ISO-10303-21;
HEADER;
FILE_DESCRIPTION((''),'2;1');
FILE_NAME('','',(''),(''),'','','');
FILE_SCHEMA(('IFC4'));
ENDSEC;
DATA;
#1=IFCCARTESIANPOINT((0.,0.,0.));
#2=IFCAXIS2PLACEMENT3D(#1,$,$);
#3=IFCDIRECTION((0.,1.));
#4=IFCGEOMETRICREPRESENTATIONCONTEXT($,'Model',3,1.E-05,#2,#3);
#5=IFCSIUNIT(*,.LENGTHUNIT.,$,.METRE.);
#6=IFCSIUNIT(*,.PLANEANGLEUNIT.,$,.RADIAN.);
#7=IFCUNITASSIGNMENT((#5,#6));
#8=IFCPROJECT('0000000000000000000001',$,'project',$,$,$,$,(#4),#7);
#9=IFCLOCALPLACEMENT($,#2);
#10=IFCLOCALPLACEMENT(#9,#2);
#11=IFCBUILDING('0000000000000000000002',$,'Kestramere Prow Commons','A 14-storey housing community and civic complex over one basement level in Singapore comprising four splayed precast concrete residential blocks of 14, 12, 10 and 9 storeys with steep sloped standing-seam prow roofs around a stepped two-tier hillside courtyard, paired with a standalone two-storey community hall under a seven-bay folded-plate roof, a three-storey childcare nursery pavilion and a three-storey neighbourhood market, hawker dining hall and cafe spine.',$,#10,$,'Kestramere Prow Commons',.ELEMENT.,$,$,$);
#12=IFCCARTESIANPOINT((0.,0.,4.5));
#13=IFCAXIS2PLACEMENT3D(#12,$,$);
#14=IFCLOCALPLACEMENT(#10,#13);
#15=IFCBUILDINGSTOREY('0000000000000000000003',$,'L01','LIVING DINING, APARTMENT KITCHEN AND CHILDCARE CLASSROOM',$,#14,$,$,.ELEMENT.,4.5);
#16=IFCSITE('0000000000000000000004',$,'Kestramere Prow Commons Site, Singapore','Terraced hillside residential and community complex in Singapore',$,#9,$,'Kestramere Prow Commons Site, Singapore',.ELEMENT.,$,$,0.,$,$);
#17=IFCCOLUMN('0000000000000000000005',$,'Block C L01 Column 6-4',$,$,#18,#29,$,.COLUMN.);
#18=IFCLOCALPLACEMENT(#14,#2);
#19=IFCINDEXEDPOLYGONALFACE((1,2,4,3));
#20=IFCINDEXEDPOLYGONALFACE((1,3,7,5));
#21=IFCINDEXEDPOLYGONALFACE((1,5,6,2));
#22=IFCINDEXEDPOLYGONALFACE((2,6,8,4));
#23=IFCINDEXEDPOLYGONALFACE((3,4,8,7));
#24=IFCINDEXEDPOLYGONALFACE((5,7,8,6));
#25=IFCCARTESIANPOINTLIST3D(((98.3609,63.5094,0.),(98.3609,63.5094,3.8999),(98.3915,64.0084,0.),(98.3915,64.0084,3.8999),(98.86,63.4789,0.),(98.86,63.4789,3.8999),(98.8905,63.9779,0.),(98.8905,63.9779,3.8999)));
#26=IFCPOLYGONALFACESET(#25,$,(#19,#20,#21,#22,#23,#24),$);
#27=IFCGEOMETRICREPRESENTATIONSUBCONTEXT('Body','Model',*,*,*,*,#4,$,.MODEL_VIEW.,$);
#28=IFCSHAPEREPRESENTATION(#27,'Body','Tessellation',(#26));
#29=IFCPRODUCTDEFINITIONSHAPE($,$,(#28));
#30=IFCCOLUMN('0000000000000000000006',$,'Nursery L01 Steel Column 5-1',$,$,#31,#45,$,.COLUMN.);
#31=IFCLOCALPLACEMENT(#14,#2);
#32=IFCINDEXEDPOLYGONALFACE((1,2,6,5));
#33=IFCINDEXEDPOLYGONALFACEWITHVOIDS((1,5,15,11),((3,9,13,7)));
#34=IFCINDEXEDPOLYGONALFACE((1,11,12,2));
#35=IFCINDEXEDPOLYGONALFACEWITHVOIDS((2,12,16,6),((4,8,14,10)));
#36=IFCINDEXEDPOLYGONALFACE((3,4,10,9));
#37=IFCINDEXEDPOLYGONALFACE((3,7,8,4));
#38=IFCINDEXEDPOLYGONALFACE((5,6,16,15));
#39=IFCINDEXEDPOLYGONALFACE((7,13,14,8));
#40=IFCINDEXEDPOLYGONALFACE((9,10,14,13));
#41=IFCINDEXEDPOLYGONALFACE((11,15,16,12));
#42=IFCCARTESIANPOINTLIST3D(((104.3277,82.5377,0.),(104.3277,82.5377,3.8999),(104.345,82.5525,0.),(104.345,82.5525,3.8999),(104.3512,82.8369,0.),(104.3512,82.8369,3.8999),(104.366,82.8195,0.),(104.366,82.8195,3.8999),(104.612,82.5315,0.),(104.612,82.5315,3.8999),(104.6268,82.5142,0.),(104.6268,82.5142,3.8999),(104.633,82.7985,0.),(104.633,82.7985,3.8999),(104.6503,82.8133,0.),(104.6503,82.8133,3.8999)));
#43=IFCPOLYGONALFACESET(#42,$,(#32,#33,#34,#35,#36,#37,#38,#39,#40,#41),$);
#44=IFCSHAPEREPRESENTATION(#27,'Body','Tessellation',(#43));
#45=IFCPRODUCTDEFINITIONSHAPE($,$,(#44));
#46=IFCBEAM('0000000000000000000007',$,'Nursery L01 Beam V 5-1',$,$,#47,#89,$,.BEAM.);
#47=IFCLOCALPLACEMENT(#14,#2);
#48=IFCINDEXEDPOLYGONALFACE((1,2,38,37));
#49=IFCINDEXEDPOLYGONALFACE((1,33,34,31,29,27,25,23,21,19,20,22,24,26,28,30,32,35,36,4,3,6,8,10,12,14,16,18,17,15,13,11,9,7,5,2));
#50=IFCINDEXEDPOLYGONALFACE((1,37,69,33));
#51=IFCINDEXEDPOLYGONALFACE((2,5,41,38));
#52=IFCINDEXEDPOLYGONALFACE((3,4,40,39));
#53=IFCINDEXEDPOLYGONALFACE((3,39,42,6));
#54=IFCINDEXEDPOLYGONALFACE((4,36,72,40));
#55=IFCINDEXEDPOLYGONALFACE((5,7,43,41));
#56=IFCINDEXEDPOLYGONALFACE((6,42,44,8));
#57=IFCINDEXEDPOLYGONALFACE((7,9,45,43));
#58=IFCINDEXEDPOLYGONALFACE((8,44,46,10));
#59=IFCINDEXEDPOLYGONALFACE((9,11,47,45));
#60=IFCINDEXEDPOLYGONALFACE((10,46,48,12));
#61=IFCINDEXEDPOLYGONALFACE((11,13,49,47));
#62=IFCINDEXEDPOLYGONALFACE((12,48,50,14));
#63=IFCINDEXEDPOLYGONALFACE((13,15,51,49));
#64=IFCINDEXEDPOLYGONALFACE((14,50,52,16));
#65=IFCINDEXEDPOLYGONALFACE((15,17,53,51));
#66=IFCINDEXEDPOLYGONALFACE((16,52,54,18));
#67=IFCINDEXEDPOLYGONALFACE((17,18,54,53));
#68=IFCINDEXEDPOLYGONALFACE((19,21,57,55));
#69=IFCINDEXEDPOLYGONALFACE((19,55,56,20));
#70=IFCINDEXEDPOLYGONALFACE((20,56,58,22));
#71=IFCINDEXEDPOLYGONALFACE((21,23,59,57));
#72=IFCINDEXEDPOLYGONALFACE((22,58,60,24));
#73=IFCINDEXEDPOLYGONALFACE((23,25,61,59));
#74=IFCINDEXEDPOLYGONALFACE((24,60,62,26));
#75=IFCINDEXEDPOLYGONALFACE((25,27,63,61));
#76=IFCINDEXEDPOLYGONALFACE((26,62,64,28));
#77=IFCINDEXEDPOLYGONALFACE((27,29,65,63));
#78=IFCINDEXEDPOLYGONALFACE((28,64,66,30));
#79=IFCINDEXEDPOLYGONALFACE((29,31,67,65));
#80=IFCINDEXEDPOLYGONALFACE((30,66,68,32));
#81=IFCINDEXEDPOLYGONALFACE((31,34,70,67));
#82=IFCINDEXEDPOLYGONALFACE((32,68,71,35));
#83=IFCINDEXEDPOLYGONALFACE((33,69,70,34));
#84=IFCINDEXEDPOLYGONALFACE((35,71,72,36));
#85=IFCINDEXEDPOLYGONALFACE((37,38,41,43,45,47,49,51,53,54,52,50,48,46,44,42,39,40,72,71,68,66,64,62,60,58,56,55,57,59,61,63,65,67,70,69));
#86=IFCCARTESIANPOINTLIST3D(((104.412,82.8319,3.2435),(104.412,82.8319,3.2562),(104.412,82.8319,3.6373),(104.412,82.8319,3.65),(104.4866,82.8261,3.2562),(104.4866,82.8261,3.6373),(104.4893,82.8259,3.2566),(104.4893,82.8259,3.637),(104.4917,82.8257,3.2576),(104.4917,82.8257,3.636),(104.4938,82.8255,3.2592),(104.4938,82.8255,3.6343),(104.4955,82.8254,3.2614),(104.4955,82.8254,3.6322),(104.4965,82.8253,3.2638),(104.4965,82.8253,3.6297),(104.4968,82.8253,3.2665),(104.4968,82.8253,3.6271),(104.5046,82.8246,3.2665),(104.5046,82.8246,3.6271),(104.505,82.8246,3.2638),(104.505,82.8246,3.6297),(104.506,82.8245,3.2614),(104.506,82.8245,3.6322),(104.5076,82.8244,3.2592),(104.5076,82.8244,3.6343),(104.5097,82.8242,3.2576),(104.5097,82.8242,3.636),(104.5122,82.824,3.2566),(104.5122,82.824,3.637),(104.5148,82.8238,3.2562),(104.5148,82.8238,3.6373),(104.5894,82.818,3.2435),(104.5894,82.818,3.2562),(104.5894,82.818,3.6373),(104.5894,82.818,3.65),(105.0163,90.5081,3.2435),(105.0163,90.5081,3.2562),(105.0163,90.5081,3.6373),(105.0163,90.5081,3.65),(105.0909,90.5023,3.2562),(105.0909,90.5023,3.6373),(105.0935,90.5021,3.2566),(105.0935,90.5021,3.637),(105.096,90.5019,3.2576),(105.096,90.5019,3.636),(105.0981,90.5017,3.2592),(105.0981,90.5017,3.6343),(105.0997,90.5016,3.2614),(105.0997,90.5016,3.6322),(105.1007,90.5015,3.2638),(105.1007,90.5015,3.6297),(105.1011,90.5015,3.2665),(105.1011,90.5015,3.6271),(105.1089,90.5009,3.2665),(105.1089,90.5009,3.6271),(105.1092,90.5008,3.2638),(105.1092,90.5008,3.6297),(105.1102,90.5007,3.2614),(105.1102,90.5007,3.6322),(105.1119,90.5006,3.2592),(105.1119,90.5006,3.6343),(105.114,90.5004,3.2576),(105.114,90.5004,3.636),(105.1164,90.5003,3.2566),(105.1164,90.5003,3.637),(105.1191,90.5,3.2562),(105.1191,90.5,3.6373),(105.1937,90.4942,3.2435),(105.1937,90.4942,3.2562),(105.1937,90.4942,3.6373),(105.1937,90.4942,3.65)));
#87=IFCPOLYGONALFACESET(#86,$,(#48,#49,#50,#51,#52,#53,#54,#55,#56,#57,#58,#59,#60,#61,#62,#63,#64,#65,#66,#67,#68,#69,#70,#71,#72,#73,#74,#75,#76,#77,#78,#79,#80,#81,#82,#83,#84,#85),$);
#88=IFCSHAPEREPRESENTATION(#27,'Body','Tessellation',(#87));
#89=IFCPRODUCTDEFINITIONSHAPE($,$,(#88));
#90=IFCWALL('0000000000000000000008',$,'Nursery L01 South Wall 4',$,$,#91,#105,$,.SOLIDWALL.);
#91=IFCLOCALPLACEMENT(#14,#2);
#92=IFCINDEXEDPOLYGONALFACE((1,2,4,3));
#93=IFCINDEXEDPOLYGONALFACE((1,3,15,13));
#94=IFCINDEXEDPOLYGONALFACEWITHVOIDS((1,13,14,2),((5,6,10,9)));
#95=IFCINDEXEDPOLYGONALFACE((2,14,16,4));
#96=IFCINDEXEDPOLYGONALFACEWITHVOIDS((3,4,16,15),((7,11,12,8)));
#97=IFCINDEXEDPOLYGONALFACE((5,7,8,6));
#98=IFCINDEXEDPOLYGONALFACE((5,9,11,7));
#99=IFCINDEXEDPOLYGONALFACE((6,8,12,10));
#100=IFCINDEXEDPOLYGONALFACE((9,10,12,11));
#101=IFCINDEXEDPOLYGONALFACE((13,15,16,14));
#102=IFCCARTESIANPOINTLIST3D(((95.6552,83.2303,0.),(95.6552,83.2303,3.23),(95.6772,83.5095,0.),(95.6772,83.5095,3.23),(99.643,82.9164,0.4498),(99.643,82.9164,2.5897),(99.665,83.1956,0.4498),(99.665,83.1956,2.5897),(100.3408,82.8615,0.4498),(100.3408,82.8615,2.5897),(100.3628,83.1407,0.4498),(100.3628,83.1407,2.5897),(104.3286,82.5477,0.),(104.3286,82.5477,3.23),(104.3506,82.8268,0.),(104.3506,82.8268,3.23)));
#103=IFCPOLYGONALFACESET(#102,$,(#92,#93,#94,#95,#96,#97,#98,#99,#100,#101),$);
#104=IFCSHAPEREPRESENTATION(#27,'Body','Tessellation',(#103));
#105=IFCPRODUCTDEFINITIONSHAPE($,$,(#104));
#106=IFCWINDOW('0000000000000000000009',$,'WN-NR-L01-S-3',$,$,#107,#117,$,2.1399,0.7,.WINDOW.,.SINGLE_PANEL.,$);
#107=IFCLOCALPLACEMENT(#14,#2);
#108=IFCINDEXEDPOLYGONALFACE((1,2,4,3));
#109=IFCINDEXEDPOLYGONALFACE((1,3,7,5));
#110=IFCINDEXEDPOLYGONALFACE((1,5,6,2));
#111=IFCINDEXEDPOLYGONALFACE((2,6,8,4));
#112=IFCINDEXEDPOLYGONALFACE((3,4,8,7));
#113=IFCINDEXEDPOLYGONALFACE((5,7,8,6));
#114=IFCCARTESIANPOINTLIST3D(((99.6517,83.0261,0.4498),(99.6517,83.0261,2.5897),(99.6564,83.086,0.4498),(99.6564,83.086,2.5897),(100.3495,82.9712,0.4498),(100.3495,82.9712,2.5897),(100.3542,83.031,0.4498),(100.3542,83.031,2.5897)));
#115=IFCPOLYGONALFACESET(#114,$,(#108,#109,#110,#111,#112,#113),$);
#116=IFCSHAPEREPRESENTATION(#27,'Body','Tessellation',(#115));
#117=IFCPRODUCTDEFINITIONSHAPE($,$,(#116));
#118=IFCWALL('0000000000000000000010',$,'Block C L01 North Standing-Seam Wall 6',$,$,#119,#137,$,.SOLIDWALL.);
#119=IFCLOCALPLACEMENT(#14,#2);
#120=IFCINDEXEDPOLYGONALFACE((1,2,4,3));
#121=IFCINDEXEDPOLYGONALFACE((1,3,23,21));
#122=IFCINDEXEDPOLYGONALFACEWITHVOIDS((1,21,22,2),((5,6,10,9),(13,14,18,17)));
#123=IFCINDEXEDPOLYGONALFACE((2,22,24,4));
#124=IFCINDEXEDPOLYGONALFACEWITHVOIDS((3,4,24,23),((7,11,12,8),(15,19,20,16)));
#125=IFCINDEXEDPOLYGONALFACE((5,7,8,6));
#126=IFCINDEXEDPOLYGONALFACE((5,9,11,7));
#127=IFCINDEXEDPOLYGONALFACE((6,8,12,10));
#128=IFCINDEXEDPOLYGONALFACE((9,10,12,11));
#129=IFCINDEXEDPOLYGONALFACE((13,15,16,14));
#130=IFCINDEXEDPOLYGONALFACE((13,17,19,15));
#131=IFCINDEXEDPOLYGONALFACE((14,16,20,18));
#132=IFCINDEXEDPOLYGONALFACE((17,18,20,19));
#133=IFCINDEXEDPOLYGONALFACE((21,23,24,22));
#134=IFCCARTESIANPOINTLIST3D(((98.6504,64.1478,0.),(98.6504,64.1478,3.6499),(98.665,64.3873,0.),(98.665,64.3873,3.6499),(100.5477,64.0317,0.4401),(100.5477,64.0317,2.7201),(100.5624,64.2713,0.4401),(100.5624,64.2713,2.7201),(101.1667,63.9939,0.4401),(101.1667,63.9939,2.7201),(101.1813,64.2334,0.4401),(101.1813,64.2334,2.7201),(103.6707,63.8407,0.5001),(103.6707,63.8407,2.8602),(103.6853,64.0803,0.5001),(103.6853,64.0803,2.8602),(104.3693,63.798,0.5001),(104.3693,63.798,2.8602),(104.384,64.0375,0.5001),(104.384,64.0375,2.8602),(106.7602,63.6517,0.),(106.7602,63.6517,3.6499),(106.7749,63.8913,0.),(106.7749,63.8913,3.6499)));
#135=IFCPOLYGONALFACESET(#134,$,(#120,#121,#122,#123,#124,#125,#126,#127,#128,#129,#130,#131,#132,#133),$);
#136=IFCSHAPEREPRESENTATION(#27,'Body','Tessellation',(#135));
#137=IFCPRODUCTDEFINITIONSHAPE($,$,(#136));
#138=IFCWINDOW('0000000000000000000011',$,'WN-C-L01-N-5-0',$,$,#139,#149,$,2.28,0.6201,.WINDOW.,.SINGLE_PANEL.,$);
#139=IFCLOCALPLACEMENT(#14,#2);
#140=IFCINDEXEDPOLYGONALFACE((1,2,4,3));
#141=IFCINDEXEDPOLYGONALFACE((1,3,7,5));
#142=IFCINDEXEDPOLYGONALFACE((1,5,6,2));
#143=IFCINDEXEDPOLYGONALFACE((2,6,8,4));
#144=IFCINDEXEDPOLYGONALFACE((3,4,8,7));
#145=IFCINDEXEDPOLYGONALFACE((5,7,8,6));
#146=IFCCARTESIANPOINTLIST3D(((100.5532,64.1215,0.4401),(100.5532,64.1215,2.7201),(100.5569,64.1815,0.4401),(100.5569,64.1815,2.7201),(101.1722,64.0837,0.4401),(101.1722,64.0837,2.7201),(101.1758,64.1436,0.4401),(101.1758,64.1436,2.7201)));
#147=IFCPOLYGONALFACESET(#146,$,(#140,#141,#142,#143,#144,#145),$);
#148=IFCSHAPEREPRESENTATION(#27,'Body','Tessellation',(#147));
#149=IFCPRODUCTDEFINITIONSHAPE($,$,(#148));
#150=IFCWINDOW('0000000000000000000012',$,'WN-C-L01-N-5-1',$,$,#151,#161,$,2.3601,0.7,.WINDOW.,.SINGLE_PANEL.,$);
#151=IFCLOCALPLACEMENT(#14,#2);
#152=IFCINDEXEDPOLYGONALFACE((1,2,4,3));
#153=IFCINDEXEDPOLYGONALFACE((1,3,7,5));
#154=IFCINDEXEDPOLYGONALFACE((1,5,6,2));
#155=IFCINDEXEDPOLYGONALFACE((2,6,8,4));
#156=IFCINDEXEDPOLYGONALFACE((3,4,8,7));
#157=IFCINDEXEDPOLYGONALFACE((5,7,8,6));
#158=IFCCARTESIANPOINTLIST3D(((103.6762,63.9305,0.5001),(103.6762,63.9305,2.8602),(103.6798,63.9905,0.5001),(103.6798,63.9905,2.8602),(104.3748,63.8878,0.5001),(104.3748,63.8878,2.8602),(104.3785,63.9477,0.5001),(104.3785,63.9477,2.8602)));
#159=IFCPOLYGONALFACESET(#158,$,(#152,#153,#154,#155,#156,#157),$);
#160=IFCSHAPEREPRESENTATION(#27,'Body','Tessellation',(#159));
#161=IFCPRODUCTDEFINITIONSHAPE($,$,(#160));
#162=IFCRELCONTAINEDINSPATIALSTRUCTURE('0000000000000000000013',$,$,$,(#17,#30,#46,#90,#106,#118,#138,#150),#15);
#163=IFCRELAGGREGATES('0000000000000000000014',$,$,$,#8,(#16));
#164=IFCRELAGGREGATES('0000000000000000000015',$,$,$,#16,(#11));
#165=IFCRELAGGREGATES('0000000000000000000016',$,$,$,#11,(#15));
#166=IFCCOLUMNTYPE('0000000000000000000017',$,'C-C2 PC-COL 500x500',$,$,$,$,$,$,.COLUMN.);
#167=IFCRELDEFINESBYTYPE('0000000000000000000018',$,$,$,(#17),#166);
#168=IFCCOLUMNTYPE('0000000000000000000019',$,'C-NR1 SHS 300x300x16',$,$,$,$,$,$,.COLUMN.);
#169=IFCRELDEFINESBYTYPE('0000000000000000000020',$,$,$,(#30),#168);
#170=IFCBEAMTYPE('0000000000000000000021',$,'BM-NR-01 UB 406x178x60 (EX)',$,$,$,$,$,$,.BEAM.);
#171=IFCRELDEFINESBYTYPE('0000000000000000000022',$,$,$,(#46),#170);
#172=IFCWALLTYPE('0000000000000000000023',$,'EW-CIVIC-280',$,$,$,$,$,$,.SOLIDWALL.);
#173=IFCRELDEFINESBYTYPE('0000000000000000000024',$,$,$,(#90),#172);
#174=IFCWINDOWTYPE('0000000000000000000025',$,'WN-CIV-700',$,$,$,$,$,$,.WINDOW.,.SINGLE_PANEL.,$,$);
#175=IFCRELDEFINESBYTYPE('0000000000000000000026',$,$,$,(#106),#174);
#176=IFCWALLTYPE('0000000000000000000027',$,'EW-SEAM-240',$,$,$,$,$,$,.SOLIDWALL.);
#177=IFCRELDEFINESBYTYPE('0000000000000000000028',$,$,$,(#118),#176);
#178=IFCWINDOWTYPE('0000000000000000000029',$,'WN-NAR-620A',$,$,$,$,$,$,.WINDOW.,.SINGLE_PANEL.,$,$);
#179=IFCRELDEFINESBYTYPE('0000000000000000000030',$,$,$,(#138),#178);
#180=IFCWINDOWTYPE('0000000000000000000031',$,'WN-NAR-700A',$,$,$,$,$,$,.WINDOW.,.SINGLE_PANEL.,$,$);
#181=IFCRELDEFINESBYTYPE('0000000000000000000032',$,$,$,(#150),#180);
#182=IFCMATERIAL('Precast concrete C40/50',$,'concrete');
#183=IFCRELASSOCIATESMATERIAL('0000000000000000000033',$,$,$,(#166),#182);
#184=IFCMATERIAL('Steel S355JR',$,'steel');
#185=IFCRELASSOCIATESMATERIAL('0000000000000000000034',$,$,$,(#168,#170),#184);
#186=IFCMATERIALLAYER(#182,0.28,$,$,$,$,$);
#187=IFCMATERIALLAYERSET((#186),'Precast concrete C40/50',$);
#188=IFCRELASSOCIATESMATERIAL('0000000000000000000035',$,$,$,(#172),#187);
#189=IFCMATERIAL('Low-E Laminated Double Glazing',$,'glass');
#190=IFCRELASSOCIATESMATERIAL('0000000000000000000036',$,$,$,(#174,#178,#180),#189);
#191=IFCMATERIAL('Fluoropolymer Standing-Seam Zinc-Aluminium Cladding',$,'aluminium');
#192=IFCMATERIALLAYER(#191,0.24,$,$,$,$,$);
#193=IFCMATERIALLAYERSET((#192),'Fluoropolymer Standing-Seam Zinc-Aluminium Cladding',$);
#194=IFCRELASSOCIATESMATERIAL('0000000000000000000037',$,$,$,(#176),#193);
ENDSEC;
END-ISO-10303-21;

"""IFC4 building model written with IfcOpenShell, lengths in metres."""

from ifc_helpers import new_model, si_unit, direction, frame, frame_2d, origin, origin_2d, place, context, subcontext, project, spatial, rectangle, hollow_rectangle, i_section, extrude, material, layer, layer_set, material_profile, profile_set, type_object, element, fill, save


model = new_model("IFC4")

# Units and contexts
model_context = context("Model", 3, precision=1e-05, world=origin(), true_north=direction((0.0, 1.0)))
body_context = subcontext(model_context, "Body", "Model", "MODEL_VIEW")
ifc_project = project(units=[si_unit("LENGTHUNIT", "METRE"), si_unit("PLANEANGLEUNIT", "RADIAN")], contexts=[model_context])

# Site, building, storey
site_placement = place(None, origin())
site = spatial("IfcSite", under=ifc_project, at=site_placement, Name="Kestramere Prow Commons Site, Singapore", Description="Terraced hillside residential and community complex in Singapore", LongName="Kestramere Prow Commons Site, Singapore", CompositionType="ELEMENT", RefElevation=0.0)
building_placement = place(site_placement, origin())
building = spatial("IfcBuilding", under=site, at=building_placement, Name="Kestramere Prow Commons", Description="A 14-storey housing community and civic complex over one basement level in Singapore comprising four splayed precast concrete residential blocks of 14, 12, 10 and 9 storeys with steep sloped standing-seam prow roofs around a stepped two-tier hillside courtyard, paired with a standalone two-storey community hall under a seven-bay folded-plate roof, a three-storey childcare nursery pavilion and a three-storey neighbourhood market, hawker dining hall and cafe spine.", LongName="Kestramere Prow Commons", CompositionType="ELEMENT")
storey_placement = place(building_placement, frame((0.0, 0.0, 4.5)))
storey = spatial("IfcBuildingStorey", under=building, at=storey_placement, Name="L01", Description="LIVING DINING, APARTMENT KITCHEN AND CHILDCARE CLASSROOM", CompositionType="ELEMENT", Elevation=4.5)

# Columns
ifc_material_1 = material(Name="Precast concrete C40/50", Category="concrete")
ifc_material_profile_1 = material_profile(ifc_material_1, rectangle(XDim=0.5, YDim=0.5, at=origin_2d()), Name="PC-COL 500x500")
ifc_profile_set_1 = profile_set([ifc_material_profile_1], Name="Precast concrete C40/50")
column_type_1 = type_object("IfcColumnType", Name="C-C2 PC-COL 500x500", PredefinedType="COLUMN", material=ifc_profile_set_1)
column_1_placement = place(storey_placement, frame((98.6257, 63.7437, 0.0), z_axis=(0.0, 0.0, 1.0), x_axis=(0.998135, -0.061049, 0.0)))
element("IfcColumn", 1, at=column_1_placement, inside=storey, type_object=column_type_1, Name="Block C L01 Column 6-4", PredefinedType="COLUMN", context=body_context, shape_type="SweptSolid", body=[
    extrude(rectangle(XDim=0.5, YDim=0.5, at=origin_2d()), origin(), (0.0, 0.0, 1.0), 3.8999),
])
ifc_material_2 = material(Name="Steel S355JR", Category="steel")
ifc_material_profile_2 = material_profile(ifc_material_2, hollow_rectangle(XDim=0.3, YDim=0.3, WallThickness=0.0161, at=origin_2d()), Name="SHS 300x300x16")
ifc_profile_set_2 = profile_set([ifc_material_profile_2], Name="Steel S355JR")
column_type_2 = type_object("IfcColumnType", Name="C-NR1 SHS 300x300x16", PredefinedType="COLUMN", material=ifc_profile_set_2)
column_2_placement = place(storey_placement, frame((104.489, 82.6755, 0.0), z_axis=(0.0, 0.0, 1.0), x_axis=(0.996917, -0.078459, 0.0)))
element("IfcColumn", 2, at=column_2_placement, inside=storey, type_object=column_type_2, Name="Nursery L01 Steel Column 5-1", PredefinedType="COLUMN", context=body_context, shape_type="SweptSolid", body=[
    extrude(hollow_rectangle(XDim=0.3, YDim=0.3, WallThickness=0.0161, at=origin_2d()), origin(), (0.0, 0.0, 1.0), 3.8999),
])

# Beam
ifc_material_profile_3 = material_profile(ifc_material_2, i_section(OverallWidth=0.178, OverallDepth=0.4065, WebThickness=0.0078, FlangeThickness=0.0127, FilletRadius=0.0103, at=origin_2d()), Name="UB 406x178x60")
ifc_profile_set_3 = profile_set([ifc_material_profile_3], Name="Steel S355JR")
beam_type = type_object("IfcBeamType", Name="BM-NR-01 UB 406x178x60 (EX)", PredefinedType="BEAM", material=ifc_profile_set_3)
beam_placement = place(storey_placement, frame((104.5007, 82.825, 3.4468), z_axis=(0.078474, 0.996916, 0.0), x_axis=(-0.996916, 0.078474, 0.0)))
element("IfcBeam", 3, at=beam_placement, inside=storey, type_object=beam_type, Name="Nursery L01 Beam V 5-1", PredefinedType="BEAM", context=body_context, shape_type="SweptSolid", body=[
    extrude(i_section(OverallWidth=0.178, OverallDepth=0.4065, WebThickness=0.0078, FlangeThickness=0.0127, FilletRadius=0.0103, at=origin_2d()), origin(), (0.0, 0.0, 1.0), 7.7),
])

# Wall, opening, window
ifc_layer_1 = layer(ifc_material_1, 0.28)
ifc_layer_set_1 = layer_set([ifc_layer_1], Name="Precast concrete C40/50")
wall_type_1 = type_object("IfcWallType", Name="EW-CIVIC-280", PredefinedType="SOLIDWALL", material=ifc_layer_set_1)
wall_1_placement = place(storey_placement, frame((104.3396, 82.6873, 0.0), z_axis=(0.0, 0.0, 1.0), x_axis=(-0.996917, 0.07846, 0.0)))
wall_1 = element("IfcWall", 4, at=wall_1_placement, inside=storey, type_object=wall_type_1, Name="Nursery L01 South Wall 4", PredefinedType="SOLIDWALL", context=body_context, shape_type="SweptSolid", body=[
    extrude(rectangle(XDim=8.7002, YDim=0.28, at=frame_2d((4.3501, 0.0))), origin(), (0.0, 0.0, 1.0), 3.23),
])
opening_1_placement = place(wall_1_placement, frame((4.0, 0.0, 0.45)))
opening_1 = element("IfcOpeningElement", 5, at=opening_1_placement, cuts=wall_1, PredefinedType="OPENING", context=body_context, shape_type="SweptSolid", body=[
    extrude(rectangle(XDim=0.7, YDim=2.1399, at=frame_2d((0.3501, 1.0698))), frame((0.0, 0.155, 0.0), z_axis=(0.0, -1.0, 0.0), x_axis=(1.0, 0.0, 0.0)), (0.0, 0.0, 1.0), 0.3101),
])
ifc_material_3 = material(Name="Low-E Laminated Double Glazing", Category="glass")
window_type_1 = type_object("IfcWindowType", Name="WN-CIV-700", PartitioningType="SINGLE_PANEL", PredefinedType="WINDOW", material=ifc_material_3)
window_1_placement = place(opening_1_placement, origin())
window_1 = element("IfcWindow", 6, at=window_1_placement, inside=storey, type_object=window_type_1, Name="WN-NR-L01-S-3", OverallHeight=2.1399, OverallWidth=0.7, PartitioningType="SINGLE_PANEL", PredefinedType="WINDOW", context=body_context, shape_type="SweptSolid", body=[
    extrude(rectangle(XDim=0.7, YDim=2.1399, at=frame_2d((0.3501, 1.0698))), frame((0.0, 0.03, 0.0), z_axis=(0.0, -1.0, 0.0), x_axis=(1.0, 0.0, 0.0)), (0.0, 0.0, 1.0), 0.0601),
])
fill(opening_1, window_1)

# Wall, openings, windows
ifc_material_4 = material(Name="Fluoropolymer Standing-Seam Zinc-Aluminium Cladding", Category="aluminium")
ifc_layer_2 = layer(ifc_material_4, 0.24)
ifc_layer_set_2 = layer_set([ifc_layer_2], Name="Fluoropolymer Standing-Seam Zinc-Aluminium Cladding")
wall_type_2 = type_object("IfcWallType", Name="EW-SEAM-240", PredefinedType="SOLIDWALL", material=ifc_layer_set_2)
wall_2_placement = place(storey_placement, frame((98.6577, 64.2676, 0.0), z_axis=(0.0, 0.0, 1.0), x_axis=(0.998134, -0.061058, 0.0)))
wall_2 = element("IfcWall", 7, at=wall_2_placement, inside=storey, type_object=wall_type_2, Name="Block C L01 North Standing-Seam Wall 6", PredefinedType="SOLIDWALL", context=body_context, shape_type="SweptSolid", body=[
    extrude(rectangle(XDim=8.125, YDim=0.24, at=frame_2d((4.0625, 0.0))), origin(), (0.0, 0.0, 1.0), 3.6499),
])
opening_2_placement = place(wall_2_placement, frame((1.9009, 0.0, 0.4399)))
opening_2 = element("IfcOpeningElement", 8, at=opening_2_placement, cuts=wall_2, PredefinedType="OPENING", context=body_context, shape_type="SweptSolid", body=[
    extrude(rectangle(XDim=0.6201, YDim=2.28, at=frame_2d((0.3101, 1.1401))), frame((0.0, 0.135, 0.0), z_axis=(0.0, -1.0, 0.0), x_axis=(1.0, 0.0, 0.0)), (0.0, 0.0, 1.0), 0.27),
])
opening_3_placement = place(wall_2_placement, frame((5.0295, 0.0, 0.5)))
opening_3 = element("IfcOpeningElement", 9, at=opening_3_placement, cuts=wall_2, PredefinedType="OPENING", context=body_context, shape_type="SweptSolid", body=[
    extrude(rectangle(XDim=0.7, YDim=2.3601, at=frame_2d((0.3501, 1.1802))), frame((0.0, 0.135, 0.0), z_axis=(0.0, -1.0, 0.0), x_axis=(1.0, 0.0, 0.0)), (0.0, 0.0, 1.0), 0.27),
])
window_type_2 = type_object("IfcWindowType", Name="WN-NAR-620A", PartitioningType="SINGLE_PANEL", PredefinedType="WINDOW", material=ifc_material_3)
window_2_placement = place(opening_2_placement, origin())
window_2 = element("IfcWindow", 10, at=window_2_placement, inside=storey, type_object=window_type_2, Name="WN-C-L01-N-5-0", OverallHeight=2.28, OverallWidth=0.6201, PartitioningType="SINGLE_PANEL", PredefinedType="WINDOW", context=body_context, shape_type="SweptSolid", body=[
    extrude(rectangle(XDim=0.6201, YDim=2.28, at=frame_2d((0.3101, 1.1401))), frame((0.0, 0.03, 0.0), z_axis=(0.0, -1.0, 0.0), x_axis=(1.0, 0.0, 0.0)), (0.0, 0.0, 1.0), 0.0601),
])
fill(opening_2, window_2)
window_type_3 = type_object("IfcWindowType", Name="WN-NAR-700A", PartitioningType="SINGLE_PANEL", PredefinedType="WINDOW", material=ifc_material_3)
window_3_placement = place(opening_3_placement, origin())
window_3 = element("IfcWindow", 11, at=window_3_placement, inside=storey, type_object=window_type_3, Name="WN-C-L01-N-5-1", OverallHeight=2.3601, OverallWidth=0.7, PartitioningType="SINGLE_PANEL", PredefinedType="WINDOW", context=body_context, shape_type="SweptSolid", body=[
    extrude(rectangle(XDim=0.7, YDim=2.3601, at=frame_2d((0.3501, 1.1802))), frame((0.0, 0.03, 0.0), z_axis=(0.0, -1.0, 0.0), x_axis=(1.0, 0.0, 0.0)), (0.0, 0.0, 1.0), 0.0601),
])
fill(opening_3, window_3)

save(model, "model.ifc")
